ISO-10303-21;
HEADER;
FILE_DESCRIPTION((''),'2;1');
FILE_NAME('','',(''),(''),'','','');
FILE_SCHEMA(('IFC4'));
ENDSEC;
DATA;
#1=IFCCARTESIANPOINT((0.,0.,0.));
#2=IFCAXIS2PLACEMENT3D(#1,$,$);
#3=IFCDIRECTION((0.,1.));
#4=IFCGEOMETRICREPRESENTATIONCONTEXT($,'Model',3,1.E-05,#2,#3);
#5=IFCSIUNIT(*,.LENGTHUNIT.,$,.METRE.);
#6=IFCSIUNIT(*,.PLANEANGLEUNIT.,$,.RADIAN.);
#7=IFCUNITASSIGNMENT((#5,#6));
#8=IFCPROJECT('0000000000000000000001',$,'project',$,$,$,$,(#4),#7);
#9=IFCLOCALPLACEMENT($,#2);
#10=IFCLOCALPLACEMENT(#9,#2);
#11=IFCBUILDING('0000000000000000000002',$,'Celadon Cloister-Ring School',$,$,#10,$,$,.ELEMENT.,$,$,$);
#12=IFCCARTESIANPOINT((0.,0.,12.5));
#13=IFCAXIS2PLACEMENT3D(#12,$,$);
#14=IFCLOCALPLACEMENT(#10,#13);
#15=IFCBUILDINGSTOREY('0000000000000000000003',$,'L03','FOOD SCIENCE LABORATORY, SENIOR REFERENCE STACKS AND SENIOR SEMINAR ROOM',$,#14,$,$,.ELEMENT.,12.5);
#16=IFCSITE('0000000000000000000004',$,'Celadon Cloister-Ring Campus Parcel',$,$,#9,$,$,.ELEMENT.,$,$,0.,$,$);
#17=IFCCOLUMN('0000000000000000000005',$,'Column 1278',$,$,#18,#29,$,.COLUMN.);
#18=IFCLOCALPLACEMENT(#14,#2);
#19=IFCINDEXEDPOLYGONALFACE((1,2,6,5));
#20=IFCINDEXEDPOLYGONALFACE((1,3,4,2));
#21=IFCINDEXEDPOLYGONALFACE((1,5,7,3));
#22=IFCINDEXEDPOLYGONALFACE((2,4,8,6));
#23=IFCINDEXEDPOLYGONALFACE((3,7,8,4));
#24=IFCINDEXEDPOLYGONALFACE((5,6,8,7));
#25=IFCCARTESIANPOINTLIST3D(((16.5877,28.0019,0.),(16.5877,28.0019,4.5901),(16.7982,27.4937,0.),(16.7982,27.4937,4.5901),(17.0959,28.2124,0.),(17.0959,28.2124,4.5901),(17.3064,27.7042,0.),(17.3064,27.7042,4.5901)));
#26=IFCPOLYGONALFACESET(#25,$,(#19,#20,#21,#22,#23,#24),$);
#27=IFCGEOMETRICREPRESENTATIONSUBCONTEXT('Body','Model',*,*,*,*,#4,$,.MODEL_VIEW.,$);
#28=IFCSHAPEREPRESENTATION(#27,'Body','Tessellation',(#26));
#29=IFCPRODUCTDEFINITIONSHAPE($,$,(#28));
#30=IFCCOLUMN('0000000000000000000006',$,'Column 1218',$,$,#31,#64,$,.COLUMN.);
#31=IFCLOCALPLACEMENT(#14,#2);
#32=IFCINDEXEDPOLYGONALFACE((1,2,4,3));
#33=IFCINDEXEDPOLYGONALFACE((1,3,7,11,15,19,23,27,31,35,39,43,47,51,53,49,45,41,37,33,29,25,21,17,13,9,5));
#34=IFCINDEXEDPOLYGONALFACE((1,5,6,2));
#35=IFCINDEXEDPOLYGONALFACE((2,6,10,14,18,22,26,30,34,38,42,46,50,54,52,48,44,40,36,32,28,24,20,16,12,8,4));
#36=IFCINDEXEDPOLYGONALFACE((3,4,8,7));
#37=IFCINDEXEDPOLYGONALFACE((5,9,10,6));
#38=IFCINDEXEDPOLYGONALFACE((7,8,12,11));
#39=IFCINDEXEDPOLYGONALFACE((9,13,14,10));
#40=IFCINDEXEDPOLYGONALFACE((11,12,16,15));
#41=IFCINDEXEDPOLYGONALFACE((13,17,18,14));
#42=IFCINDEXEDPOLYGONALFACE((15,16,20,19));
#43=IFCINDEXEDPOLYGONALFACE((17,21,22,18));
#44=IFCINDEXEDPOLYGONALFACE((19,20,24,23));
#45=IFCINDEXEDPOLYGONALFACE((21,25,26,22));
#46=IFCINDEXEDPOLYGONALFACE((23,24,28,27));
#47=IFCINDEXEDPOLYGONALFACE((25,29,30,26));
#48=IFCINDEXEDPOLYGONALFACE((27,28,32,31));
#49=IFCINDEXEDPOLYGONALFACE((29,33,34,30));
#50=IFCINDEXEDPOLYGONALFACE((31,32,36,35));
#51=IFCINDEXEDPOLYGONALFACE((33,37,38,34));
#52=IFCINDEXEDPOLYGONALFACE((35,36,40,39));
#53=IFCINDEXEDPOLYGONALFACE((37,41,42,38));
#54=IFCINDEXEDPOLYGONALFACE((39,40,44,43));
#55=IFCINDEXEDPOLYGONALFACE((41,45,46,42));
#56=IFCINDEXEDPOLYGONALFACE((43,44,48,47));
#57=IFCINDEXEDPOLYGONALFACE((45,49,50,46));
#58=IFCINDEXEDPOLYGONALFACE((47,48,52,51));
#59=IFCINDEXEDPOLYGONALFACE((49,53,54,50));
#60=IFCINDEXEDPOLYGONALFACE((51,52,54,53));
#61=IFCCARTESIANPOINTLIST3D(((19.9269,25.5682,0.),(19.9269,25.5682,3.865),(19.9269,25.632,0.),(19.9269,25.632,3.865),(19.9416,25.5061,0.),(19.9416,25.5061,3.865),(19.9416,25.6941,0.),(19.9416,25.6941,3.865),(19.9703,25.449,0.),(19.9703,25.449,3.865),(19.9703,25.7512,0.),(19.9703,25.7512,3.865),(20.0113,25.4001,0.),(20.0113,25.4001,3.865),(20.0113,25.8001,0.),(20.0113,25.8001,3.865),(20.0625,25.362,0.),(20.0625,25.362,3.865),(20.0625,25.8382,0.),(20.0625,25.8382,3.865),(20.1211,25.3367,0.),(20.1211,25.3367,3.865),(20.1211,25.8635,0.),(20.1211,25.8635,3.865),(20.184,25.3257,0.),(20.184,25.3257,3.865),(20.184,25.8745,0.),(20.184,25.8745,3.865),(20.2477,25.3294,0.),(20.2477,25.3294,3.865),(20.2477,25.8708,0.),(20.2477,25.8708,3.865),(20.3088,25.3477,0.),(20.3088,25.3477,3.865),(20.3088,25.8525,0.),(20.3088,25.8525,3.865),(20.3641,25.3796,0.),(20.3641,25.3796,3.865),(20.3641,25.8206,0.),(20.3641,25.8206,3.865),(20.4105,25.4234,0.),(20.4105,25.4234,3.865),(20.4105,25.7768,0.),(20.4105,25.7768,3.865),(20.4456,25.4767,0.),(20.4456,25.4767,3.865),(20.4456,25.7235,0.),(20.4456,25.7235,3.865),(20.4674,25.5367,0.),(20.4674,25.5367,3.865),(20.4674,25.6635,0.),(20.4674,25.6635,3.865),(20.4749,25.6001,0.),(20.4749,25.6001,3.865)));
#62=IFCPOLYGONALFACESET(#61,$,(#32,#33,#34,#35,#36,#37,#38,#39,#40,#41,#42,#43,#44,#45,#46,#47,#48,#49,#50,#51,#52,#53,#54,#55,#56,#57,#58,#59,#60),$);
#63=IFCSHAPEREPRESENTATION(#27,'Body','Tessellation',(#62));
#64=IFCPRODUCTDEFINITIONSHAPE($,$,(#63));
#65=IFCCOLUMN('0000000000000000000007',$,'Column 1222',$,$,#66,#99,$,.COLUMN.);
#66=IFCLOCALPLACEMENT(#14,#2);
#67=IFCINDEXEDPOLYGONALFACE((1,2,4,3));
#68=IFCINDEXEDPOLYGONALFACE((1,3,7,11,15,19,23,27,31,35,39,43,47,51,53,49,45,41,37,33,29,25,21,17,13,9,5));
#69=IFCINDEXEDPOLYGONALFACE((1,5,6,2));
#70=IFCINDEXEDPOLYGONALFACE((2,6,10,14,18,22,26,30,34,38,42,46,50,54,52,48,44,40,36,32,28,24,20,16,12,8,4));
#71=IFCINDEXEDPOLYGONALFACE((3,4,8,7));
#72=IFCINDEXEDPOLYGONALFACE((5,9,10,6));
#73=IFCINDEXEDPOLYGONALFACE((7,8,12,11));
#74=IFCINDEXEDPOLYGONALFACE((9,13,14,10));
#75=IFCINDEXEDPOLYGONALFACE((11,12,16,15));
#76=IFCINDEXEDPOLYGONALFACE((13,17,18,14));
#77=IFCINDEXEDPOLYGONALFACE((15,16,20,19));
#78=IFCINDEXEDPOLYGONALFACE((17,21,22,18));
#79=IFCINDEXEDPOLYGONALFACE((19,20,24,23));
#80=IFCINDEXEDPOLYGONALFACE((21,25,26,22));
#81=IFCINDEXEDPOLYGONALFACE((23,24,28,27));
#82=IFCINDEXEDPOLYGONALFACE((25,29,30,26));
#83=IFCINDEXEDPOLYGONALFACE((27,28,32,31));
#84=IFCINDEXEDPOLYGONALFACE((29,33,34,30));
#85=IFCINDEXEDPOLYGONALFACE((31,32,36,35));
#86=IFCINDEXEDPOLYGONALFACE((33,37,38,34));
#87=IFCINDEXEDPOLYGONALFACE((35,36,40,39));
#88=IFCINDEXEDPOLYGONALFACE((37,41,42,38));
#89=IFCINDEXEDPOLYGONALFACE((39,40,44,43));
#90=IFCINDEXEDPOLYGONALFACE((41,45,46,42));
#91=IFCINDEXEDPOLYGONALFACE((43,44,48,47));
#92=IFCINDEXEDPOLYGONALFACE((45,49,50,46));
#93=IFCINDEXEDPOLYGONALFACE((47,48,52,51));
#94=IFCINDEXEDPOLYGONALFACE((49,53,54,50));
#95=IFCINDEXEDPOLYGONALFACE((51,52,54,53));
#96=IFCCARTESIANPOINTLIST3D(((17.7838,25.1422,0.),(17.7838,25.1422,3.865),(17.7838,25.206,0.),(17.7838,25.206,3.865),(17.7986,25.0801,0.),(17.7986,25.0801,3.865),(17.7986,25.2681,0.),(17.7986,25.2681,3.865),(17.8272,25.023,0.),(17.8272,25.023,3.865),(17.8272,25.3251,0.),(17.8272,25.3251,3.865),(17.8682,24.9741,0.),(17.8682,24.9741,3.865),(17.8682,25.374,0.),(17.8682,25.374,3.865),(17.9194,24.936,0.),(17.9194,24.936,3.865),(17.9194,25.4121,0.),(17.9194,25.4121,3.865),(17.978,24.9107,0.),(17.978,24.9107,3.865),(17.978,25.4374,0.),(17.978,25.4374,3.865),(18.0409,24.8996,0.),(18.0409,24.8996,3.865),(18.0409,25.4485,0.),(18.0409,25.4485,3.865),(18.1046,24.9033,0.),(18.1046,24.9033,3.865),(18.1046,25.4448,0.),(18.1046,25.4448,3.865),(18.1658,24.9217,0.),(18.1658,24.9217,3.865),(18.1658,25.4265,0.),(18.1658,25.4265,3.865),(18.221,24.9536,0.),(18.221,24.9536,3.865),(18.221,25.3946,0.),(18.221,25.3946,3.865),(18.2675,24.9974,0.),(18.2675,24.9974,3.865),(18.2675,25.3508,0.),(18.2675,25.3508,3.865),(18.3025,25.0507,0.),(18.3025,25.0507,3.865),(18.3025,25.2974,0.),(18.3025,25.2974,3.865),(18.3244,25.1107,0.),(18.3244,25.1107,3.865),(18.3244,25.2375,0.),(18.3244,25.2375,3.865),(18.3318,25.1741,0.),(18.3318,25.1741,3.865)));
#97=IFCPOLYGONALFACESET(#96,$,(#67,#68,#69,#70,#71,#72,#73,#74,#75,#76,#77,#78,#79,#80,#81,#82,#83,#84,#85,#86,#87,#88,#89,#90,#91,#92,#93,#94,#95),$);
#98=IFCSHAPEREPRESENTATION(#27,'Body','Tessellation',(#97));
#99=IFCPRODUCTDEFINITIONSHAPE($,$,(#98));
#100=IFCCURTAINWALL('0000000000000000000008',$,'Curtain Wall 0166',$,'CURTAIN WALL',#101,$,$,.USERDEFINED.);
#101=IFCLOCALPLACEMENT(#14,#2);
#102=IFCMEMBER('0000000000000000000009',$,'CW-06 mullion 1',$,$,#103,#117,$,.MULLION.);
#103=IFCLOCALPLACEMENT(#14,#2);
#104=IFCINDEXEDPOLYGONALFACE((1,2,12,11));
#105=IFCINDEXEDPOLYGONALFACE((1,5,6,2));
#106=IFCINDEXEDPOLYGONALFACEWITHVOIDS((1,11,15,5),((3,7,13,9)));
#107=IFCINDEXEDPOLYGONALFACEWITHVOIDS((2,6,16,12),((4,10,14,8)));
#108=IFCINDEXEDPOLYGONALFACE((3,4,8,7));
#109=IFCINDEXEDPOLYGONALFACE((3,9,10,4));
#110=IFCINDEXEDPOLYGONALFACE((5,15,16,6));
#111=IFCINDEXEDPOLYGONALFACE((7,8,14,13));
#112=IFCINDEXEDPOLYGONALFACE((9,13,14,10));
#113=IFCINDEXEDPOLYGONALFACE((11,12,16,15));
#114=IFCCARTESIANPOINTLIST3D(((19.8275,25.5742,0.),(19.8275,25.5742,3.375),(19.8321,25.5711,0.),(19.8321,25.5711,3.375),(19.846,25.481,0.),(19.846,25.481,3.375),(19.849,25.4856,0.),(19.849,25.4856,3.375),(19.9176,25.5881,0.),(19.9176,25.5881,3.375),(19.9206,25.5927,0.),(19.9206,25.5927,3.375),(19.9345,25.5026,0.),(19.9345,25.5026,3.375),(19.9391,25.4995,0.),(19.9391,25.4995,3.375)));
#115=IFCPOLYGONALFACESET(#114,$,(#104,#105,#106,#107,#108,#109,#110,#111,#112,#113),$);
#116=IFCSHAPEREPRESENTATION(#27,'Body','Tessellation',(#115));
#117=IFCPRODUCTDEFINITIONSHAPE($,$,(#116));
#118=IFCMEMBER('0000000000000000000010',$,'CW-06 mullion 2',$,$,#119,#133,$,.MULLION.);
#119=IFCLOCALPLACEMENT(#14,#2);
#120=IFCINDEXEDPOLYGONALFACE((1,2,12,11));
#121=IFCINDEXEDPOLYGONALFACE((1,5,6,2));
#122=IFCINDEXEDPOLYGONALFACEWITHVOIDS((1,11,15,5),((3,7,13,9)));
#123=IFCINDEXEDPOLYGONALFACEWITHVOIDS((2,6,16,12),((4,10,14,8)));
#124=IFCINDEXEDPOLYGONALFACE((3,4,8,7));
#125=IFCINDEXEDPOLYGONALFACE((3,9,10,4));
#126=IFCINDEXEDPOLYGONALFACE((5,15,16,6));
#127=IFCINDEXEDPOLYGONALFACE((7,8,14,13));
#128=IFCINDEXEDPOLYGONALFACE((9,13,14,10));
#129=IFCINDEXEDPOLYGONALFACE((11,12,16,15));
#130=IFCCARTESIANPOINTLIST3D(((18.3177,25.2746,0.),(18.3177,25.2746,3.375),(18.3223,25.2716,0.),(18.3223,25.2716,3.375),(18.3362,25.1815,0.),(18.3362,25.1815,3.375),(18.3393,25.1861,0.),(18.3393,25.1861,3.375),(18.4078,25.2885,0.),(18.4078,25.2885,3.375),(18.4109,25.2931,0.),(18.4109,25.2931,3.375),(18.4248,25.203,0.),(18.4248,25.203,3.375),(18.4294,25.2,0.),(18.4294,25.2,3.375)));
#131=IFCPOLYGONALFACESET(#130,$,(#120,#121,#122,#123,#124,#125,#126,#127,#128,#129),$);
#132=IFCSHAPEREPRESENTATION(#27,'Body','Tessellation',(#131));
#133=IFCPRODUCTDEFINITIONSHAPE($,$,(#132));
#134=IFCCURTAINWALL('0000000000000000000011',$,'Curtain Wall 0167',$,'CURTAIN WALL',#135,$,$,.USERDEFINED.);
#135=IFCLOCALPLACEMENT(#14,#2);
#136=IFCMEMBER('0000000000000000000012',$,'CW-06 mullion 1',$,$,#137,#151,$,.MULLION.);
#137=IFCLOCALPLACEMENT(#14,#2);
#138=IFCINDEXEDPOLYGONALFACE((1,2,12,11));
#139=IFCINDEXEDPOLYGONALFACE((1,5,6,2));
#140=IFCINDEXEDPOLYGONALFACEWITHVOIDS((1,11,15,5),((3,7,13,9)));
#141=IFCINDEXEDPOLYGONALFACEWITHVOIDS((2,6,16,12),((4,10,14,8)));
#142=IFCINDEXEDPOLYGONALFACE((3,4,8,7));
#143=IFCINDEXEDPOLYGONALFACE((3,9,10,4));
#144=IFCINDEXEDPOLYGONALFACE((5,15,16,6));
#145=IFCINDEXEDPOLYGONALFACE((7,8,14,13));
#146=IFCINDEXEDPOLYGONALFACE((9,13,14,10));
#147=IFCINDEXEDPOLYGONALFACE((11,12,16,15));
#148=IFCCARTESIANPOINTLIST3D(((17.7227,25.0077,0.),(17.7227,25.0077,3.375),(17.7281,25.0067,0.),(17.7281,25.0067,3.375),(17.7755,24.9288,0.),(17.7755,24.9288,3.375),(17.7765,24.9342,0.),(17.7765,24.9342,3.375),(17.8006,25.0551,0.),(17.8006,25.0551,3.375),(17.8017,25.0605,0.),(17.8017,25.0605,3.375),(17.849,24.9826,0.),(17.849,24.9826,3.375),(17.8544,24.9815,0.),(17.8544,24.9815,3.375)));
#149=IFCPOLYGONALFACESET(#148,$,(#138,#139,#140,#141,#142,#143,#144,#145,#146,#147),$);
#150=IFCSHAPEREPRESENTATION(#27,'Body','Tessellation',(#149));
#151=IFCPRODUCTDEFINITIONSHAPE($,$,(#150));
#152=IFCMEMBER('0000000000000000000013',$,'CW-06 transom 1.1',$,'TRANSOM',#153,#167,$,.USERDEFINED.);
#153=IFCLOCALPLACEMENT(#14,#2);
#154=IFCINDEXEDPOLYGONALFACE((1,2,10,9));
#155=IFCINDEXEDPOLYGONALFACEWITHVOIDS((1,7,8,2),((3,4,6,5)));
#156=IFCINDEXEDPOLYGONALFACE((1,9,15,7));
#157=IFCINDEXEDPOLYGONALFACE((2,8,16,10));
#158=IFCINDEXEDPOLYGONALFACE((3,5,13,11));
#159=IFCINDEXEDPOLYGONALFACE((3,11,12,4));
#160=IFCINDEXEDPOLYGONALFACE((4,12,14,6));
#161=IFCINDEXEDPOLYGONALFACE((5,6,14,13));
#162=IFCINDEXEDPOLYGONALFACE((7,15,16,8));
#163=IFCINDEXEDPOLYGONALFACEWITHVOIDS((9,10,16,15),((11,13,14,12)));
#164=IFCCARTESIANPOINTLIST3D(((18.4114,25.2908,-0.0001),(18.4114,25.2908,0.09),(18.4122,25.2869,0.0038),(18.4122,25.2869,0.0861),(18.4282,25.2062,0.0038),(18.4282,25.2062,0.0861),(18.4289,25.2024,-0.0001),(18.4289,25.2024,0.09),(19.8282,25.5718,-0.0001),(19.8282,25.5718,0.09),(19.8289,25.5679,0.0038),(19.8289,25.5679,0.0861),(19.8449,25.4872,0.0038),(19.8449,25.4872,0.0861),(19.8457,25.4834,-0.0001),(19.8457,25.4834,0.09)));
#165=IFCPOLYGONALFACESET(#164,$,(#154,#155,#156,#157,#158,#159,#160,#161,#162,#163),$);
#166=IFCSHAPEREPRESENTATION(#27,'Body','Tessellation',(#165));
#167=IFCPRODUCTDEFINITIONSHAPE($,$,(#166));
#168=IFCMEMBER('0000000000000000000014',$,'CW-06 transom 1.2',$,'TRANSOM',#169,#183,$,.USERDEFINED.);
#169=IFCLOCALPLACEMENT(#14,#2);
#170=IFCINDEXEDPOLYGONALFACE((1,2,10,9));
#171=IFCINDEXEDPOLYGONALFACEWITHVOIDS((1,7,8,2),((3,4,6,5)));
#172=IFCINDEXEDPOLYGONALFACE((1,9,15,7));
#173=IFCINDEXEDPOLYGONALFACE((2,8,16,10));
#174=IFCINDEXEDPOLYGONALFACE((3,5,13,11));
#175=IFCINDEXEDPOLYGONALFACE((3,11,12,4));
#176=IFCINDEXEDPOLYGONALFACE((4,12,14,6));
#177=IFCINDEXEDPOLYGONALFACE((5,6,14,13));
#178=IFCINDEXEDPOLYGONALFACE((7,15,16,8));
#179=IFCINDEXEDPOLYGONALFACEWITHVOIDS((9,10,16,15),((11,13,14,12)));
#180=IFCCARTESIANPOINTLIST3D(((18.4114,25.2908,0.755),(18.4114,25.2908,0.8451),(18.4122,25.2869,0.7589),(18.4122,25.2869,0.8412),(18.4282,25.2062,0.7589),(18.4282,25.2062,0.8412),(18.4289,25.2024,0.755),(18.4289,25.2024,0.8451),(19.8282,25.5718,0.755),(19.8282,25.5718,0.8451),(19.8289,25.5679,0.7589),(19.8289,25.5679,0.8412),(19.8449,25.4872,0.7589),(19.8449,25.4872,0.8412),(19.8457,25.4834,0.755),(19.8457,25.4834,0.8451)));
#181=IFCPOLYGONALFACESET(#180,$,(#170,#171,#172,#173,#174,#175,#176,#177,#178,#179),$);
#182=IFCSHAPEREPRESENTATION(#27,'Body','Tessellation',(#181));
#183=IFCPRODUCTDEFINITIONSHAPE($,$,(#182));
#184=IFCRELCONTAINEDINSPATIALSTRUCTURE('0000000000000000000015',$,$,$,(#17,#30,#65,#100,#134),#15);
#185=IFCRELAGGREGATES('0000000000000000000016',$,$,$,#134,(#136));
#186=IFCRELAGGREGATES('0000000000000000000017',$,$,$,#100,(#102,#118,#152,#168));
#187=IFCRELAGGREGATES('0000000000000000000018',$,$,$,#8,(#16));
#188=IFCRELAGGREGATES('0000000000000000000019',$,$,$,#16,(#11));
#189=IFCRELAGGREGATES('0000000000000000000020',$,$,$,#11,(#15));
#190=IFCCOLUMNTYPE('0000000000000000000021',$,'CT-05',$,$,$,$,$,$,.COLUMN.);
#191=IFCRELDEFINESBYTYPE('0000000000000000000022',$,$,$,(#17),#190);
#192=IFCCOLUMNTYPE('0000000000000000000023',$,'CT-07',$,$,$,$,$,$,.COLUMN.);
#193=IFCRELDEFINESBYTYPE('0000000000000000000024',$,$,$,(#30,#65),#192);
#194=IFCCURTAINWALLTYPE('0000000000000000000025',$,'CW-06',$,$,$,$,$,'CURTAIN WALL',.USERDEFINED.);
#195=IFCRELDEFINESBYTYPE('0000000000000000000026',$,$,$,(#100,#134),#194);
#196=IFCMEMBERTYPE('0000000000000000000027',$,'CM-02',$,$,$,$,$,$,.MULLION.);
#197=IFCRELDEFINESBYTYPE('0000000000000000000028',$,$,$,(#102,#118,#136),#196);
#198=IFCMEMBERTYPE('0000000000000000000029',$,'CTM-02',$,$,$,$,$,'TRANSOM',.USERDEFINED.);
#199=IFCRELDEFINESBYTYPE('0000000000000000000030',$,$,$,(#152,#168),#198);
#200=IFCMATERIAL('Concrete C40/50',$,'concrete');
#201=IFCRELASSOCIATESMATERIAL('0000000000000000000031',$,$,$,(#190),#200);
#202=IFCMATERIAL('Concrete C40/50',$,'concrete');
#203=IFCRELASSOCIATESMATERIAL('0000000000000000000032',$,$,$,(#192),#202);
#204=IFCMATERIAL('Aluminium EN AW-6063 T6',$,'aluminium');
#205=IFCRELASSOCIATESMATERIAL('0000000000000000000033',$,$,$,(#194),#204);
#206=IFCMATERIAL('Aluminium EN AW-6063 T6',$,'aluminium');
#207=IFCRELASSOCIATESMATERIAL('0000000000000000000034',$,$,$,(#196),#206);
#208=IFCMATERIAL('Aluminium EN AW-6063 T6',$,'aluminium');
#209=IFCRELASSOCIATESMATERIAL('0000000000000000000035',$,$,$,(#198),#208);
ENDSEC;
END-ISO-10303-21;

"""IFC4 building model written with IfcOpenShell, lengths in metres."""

from ifc_helpers import new_model, si_unit, direction, frame, origin, origin_2d, place, context, subcontext, project, spatial, rectangle, hollow_rectangle, circle, extrude, material, material_profile, profile_set, type_object, element, aggregate, save


model = new_model("IFC4")

# Units and contexts
model_context = context("Model", 3, precision=1e-05, world=origin(), true_north=direction((0.0, 1.0)))
body_context = subcontext(model_context, "Body", "Model", "MODEL_VIEW")
ifc_project = project(units=[si_unit("LENGTHUNIT", "METRE"), si_unit("PLANEANGLEUNIT", "RADIAN")], contexts=[model_context])

# Site, building, storey
site_placement = place(None, origin())
site = spatial("IfcSite", under=ifc_project, at=site_placement, Name="Celadon Cloister-Ring Campus Parcel", CompositionType="ELEMENT", RefElevation=0.0)
building_placement = place(site_placement, origin())
building = spatial("IfcBuilding", under=site, at=building_placement, Name="Celadon Cloister-Ring School", CompositionType="ELEMENT")
storey_placement = place(building_placement, frame((0.0, 0.0, 12.5)))
storey = spatial("IfcBuildingStorey", under=building, at=storey_placement, Name="L03", Description="FOOD SCIENCE LABORATORY, SENIOR REFERENCE STACKS AND SENIOR SEMINAR ROOM", CompositionType="ELEMENT", Elevation=12.5)

# Columns
ifc_material_1 = material(Name="Concrete C40/50", Category="concrete")
ifc_material_profile_1 = material_profile(ifc_material_1, rectangle(XDim=0.55, YDim=0.55, at=origin_2d()), Name="RC550X550")
ifc_profile_set_1 = profile_set([ifc_material_profile_1], Name="Concrete C40/50")
column_type_1 = type_object("IfcColumnType", Name="CT-05", PredefinedType="COLUMN", material=ifc_profile_set_1)
column_placement = place(storey_placement, frame((16.947, 27.853, 0.0), z_axis=(0.0, 0.0, 1.0), x_axis=(-0.382683, 0.92388, 0.0)))
element("IfcColumn", 1, at=column_placement, inside=storey, type_object=column_type_1, Name="Column 1278", PredefinedType="COLUMN", context=body_context, shape_type="SweptSolid", body=[
    extrude(rectangle(XDim=0.55, YDim=0.55, at=origin_2d()), origin(), (0.0, 0.0, 1.0), 4.5901),
])
ifc_material_2 = material(Name="Concrete C40/50", Category="concrete")
ifc_material_profile_2 = material_profile(ifc_material_2, circle(Radius=0.2749, at=origin_2d()), Name="CIRC550")
ifc_profile_set_2 = profile_set([ifc_material_profile_2], Name="Concrete C40/50")
column_type_2 = type_object("IfcColumnType", Name="CT-07", PredefinedType="COLUMN", material=ifc_profile_set_2)
for number, where, z_axis, x_axis, name in (
    (2, (20.2, 25.6001, 0.0), (0.0, 0.0, 1.0), (1.0, 0.0, 0.0), "Column 1218"),
    (3, (18.0569, 25.1741, 0.0), (0.0, 0.0, 1.0), (1.0, 0.0, 0.0), "Column 1222"),
):
    element("IfcColumn", number, at=place(storey_placement, frame(where, z_axis=z_axis, x_axis=x_axis)), inside=storey, type_object=column_type_2, Name=name, PredefinedType="COLUMN", context=body_context, shape_type="SweptSolid", body=[
        extrude(circle(Radius=0.2749, at=origin_2d()), origin(), (0.0, 0.0, 1.0), 3.865),
    ])

# Curtain wall, members
ifc_material_3 = material(Name="Aluminium EN AW-6063 T6", Category="aluminium")
curtain_wall_type = type_object("IfcCurtainWallType", Name="CW-06", ElementType="CURTAIN WALL", PredefinedType="USERDEFINED", material=ifc_material_3)
curtain_wall_1_placement = place(storey_placement, origin())
curtain_wall_1 = element("IfcCurtainWall", 4, at=curtain_wall_1_placement, inside=storey, type_object=curtain_wall_type, Name="Curtain Wall 0166", ObjectType="CURTAIN WALL", PredefinedType="USERDEFINED")
ifc_material_4 = material(Name="Aluminium EN AW-6063 T6", Category="aluminium")
ifc_material_profile_3 = material_profile(ifc_material_4, hollow_rectangle(XDim=0.095, YDim=0.095, WallThickness=0.0039, at=origin_2d()), Name="RHS95X95X4")
ifc_profile_set_3 = profile_set([ifc_material_profile_3], Name="Aluminium EN AW-6063 T6")
member_type_1 = type_object("IfcMemberType", Name="CM-02", PredefinedType="MULLION", material=ifc_profile_set_3)
member_1_placement = place(storey_placement, frame((19.8833, 25.5369, 0.0), z_axis=(0.0, 0.0, 1.0), x_axis=(0.194586, -0.980885, 0.0)))
member_1 = element("IfcMember", 5, at=member_1_placement, type_object=member_type_1, Name="CW-06 mullion 1", PredefinedType="MULLION", context=body_context, shape_type="SweptSolid", body=[
    extrude(hollow_rectangle(XDim=0.095, YDim=0.095, WallThickness=0.0039, at=origin_2d()), origin(), (0.0, 0.0, 1.0), 3.375),
])
member_2_placement = place(storey_placement, frame((18.3735, 25.2373, 0.0), z_axis=(0.0, 0.0, 1.0), x_axis=(0.194586, -0.980885, 0.0)))
member_2 = element("IfcMember", 6, at=member_2_placement, type_object=member_type_1, Name="CW-06 mullion 2", PredefinedType="MULLION", context=body_context, shape_type="SweptSolid", body=[
    extrude(hollow_rectangle(XDim=0.095, YDim=0.095, WallThickness=0.0039, at=origin_2d()), origin(), (0.0, 0.0, 1.0), 3.375),
])

# Curtain wall, member
curtain_wall_2_placement = place(storey_placement, origin())
curtain_wall_2 = element("IfcCurtainWall", 7, at=curtain_wall_2_placement, inside=storey, type_object=curtain_wall_type, Name="Curtain Wall 0167", ObjectType="CURTAIN WALL", PredefinedType="USERDEFINED")
member_3_placement = place(storey_placement, frame((17.7886, 24.9946, 0.0), z_axis=(0.0, 0.0, 1.0), x_axis=(0.555547, -0.831485, 0.0)))
member_3 = element("IfcMember", 8, at=member_3_placement, type_object=member_type_1, Name="CW-06 mullion 1", PredefinedType="MULLION", context=body_context, shape_type="SweptSolid", body=[
    extrude(hollow_rectangle(XDim=0.095, YDim=0.095, WallThickness=0.0039, at=origin_2d()), origin(), (0.0, 0.0, 1.0), 3.375),
])

# Members
ifc_material_5 = material(Name="Aluminium EN AW-6063 T6", Category="aluminium")
ifc_material_profile_4 = material_profile(ifc_material_5, hollow_rectangle(XDim=0.0901, YDim=0.0901, WallThickness=0.0039, at=origin_2d()), Name="RHS90X90X4")
ifc_profile_set_4 = profile_set([ifc_material_profile_4], Name="Aluminium EN AW-6063 T6")
member_type_2 = type_object("IfcMemberType", Name="CTM-02", ElementType="TRANSOM", PredefinedType="USERDEFINED", material=ifc_profile_set_4)
member_4_placement = place(storey_placement, frame((19.8369, 25.5276, 0.0449), z_axis=(-0.980891, -0.194556, 0.0), x_axis=(0.194556, -0.980891, 0.0)))
member_4 = element("IfcMember", 9, at=member_4_placement, type_object=member_type_2, Name="CW-06 transom 1.1", ObjectType="TRANSOM", PredefinedType="USERDEFINED", context=body_context, shape_type="SweptSolid", body=[
    extrude(hollow_rectangle(XDim=0.0901, YDim=0.0901, WallThickness=0.0039, at=origin_2d()), origin(), (0.0, 0.0, 1.0), 1.4443),
])
member_5_placement = place(storey_placement, frame((19.8369, 25.5276, 0.8), z_axis=(-0.980891, -0.194556, 0.0), x_axis=(0.194556, -0.980891, 0.0)))
member_5 = element("IfcMember", 10, at=member_5_placement, type_object=member_type_2, Name="CW-06 transom 1.2", ObjectType="TRANSOM", PredefinedType="USERDEFINED", context=body_context, shape_type="SweptSolid", body=[
    extrude(hollow_rectangle(XDim=0.0901, YDim=0.0901, WallThickness=0.0039, at=origin_2d()), origin(), (0.0, 0.0, 1.0), 1.4443),
])
aggregate(curtain_wall_2, [member_3])

aggregate(curtain_wall_1, [member_1, member_2, member_4, member_5])

save(model, "model.ifc")
